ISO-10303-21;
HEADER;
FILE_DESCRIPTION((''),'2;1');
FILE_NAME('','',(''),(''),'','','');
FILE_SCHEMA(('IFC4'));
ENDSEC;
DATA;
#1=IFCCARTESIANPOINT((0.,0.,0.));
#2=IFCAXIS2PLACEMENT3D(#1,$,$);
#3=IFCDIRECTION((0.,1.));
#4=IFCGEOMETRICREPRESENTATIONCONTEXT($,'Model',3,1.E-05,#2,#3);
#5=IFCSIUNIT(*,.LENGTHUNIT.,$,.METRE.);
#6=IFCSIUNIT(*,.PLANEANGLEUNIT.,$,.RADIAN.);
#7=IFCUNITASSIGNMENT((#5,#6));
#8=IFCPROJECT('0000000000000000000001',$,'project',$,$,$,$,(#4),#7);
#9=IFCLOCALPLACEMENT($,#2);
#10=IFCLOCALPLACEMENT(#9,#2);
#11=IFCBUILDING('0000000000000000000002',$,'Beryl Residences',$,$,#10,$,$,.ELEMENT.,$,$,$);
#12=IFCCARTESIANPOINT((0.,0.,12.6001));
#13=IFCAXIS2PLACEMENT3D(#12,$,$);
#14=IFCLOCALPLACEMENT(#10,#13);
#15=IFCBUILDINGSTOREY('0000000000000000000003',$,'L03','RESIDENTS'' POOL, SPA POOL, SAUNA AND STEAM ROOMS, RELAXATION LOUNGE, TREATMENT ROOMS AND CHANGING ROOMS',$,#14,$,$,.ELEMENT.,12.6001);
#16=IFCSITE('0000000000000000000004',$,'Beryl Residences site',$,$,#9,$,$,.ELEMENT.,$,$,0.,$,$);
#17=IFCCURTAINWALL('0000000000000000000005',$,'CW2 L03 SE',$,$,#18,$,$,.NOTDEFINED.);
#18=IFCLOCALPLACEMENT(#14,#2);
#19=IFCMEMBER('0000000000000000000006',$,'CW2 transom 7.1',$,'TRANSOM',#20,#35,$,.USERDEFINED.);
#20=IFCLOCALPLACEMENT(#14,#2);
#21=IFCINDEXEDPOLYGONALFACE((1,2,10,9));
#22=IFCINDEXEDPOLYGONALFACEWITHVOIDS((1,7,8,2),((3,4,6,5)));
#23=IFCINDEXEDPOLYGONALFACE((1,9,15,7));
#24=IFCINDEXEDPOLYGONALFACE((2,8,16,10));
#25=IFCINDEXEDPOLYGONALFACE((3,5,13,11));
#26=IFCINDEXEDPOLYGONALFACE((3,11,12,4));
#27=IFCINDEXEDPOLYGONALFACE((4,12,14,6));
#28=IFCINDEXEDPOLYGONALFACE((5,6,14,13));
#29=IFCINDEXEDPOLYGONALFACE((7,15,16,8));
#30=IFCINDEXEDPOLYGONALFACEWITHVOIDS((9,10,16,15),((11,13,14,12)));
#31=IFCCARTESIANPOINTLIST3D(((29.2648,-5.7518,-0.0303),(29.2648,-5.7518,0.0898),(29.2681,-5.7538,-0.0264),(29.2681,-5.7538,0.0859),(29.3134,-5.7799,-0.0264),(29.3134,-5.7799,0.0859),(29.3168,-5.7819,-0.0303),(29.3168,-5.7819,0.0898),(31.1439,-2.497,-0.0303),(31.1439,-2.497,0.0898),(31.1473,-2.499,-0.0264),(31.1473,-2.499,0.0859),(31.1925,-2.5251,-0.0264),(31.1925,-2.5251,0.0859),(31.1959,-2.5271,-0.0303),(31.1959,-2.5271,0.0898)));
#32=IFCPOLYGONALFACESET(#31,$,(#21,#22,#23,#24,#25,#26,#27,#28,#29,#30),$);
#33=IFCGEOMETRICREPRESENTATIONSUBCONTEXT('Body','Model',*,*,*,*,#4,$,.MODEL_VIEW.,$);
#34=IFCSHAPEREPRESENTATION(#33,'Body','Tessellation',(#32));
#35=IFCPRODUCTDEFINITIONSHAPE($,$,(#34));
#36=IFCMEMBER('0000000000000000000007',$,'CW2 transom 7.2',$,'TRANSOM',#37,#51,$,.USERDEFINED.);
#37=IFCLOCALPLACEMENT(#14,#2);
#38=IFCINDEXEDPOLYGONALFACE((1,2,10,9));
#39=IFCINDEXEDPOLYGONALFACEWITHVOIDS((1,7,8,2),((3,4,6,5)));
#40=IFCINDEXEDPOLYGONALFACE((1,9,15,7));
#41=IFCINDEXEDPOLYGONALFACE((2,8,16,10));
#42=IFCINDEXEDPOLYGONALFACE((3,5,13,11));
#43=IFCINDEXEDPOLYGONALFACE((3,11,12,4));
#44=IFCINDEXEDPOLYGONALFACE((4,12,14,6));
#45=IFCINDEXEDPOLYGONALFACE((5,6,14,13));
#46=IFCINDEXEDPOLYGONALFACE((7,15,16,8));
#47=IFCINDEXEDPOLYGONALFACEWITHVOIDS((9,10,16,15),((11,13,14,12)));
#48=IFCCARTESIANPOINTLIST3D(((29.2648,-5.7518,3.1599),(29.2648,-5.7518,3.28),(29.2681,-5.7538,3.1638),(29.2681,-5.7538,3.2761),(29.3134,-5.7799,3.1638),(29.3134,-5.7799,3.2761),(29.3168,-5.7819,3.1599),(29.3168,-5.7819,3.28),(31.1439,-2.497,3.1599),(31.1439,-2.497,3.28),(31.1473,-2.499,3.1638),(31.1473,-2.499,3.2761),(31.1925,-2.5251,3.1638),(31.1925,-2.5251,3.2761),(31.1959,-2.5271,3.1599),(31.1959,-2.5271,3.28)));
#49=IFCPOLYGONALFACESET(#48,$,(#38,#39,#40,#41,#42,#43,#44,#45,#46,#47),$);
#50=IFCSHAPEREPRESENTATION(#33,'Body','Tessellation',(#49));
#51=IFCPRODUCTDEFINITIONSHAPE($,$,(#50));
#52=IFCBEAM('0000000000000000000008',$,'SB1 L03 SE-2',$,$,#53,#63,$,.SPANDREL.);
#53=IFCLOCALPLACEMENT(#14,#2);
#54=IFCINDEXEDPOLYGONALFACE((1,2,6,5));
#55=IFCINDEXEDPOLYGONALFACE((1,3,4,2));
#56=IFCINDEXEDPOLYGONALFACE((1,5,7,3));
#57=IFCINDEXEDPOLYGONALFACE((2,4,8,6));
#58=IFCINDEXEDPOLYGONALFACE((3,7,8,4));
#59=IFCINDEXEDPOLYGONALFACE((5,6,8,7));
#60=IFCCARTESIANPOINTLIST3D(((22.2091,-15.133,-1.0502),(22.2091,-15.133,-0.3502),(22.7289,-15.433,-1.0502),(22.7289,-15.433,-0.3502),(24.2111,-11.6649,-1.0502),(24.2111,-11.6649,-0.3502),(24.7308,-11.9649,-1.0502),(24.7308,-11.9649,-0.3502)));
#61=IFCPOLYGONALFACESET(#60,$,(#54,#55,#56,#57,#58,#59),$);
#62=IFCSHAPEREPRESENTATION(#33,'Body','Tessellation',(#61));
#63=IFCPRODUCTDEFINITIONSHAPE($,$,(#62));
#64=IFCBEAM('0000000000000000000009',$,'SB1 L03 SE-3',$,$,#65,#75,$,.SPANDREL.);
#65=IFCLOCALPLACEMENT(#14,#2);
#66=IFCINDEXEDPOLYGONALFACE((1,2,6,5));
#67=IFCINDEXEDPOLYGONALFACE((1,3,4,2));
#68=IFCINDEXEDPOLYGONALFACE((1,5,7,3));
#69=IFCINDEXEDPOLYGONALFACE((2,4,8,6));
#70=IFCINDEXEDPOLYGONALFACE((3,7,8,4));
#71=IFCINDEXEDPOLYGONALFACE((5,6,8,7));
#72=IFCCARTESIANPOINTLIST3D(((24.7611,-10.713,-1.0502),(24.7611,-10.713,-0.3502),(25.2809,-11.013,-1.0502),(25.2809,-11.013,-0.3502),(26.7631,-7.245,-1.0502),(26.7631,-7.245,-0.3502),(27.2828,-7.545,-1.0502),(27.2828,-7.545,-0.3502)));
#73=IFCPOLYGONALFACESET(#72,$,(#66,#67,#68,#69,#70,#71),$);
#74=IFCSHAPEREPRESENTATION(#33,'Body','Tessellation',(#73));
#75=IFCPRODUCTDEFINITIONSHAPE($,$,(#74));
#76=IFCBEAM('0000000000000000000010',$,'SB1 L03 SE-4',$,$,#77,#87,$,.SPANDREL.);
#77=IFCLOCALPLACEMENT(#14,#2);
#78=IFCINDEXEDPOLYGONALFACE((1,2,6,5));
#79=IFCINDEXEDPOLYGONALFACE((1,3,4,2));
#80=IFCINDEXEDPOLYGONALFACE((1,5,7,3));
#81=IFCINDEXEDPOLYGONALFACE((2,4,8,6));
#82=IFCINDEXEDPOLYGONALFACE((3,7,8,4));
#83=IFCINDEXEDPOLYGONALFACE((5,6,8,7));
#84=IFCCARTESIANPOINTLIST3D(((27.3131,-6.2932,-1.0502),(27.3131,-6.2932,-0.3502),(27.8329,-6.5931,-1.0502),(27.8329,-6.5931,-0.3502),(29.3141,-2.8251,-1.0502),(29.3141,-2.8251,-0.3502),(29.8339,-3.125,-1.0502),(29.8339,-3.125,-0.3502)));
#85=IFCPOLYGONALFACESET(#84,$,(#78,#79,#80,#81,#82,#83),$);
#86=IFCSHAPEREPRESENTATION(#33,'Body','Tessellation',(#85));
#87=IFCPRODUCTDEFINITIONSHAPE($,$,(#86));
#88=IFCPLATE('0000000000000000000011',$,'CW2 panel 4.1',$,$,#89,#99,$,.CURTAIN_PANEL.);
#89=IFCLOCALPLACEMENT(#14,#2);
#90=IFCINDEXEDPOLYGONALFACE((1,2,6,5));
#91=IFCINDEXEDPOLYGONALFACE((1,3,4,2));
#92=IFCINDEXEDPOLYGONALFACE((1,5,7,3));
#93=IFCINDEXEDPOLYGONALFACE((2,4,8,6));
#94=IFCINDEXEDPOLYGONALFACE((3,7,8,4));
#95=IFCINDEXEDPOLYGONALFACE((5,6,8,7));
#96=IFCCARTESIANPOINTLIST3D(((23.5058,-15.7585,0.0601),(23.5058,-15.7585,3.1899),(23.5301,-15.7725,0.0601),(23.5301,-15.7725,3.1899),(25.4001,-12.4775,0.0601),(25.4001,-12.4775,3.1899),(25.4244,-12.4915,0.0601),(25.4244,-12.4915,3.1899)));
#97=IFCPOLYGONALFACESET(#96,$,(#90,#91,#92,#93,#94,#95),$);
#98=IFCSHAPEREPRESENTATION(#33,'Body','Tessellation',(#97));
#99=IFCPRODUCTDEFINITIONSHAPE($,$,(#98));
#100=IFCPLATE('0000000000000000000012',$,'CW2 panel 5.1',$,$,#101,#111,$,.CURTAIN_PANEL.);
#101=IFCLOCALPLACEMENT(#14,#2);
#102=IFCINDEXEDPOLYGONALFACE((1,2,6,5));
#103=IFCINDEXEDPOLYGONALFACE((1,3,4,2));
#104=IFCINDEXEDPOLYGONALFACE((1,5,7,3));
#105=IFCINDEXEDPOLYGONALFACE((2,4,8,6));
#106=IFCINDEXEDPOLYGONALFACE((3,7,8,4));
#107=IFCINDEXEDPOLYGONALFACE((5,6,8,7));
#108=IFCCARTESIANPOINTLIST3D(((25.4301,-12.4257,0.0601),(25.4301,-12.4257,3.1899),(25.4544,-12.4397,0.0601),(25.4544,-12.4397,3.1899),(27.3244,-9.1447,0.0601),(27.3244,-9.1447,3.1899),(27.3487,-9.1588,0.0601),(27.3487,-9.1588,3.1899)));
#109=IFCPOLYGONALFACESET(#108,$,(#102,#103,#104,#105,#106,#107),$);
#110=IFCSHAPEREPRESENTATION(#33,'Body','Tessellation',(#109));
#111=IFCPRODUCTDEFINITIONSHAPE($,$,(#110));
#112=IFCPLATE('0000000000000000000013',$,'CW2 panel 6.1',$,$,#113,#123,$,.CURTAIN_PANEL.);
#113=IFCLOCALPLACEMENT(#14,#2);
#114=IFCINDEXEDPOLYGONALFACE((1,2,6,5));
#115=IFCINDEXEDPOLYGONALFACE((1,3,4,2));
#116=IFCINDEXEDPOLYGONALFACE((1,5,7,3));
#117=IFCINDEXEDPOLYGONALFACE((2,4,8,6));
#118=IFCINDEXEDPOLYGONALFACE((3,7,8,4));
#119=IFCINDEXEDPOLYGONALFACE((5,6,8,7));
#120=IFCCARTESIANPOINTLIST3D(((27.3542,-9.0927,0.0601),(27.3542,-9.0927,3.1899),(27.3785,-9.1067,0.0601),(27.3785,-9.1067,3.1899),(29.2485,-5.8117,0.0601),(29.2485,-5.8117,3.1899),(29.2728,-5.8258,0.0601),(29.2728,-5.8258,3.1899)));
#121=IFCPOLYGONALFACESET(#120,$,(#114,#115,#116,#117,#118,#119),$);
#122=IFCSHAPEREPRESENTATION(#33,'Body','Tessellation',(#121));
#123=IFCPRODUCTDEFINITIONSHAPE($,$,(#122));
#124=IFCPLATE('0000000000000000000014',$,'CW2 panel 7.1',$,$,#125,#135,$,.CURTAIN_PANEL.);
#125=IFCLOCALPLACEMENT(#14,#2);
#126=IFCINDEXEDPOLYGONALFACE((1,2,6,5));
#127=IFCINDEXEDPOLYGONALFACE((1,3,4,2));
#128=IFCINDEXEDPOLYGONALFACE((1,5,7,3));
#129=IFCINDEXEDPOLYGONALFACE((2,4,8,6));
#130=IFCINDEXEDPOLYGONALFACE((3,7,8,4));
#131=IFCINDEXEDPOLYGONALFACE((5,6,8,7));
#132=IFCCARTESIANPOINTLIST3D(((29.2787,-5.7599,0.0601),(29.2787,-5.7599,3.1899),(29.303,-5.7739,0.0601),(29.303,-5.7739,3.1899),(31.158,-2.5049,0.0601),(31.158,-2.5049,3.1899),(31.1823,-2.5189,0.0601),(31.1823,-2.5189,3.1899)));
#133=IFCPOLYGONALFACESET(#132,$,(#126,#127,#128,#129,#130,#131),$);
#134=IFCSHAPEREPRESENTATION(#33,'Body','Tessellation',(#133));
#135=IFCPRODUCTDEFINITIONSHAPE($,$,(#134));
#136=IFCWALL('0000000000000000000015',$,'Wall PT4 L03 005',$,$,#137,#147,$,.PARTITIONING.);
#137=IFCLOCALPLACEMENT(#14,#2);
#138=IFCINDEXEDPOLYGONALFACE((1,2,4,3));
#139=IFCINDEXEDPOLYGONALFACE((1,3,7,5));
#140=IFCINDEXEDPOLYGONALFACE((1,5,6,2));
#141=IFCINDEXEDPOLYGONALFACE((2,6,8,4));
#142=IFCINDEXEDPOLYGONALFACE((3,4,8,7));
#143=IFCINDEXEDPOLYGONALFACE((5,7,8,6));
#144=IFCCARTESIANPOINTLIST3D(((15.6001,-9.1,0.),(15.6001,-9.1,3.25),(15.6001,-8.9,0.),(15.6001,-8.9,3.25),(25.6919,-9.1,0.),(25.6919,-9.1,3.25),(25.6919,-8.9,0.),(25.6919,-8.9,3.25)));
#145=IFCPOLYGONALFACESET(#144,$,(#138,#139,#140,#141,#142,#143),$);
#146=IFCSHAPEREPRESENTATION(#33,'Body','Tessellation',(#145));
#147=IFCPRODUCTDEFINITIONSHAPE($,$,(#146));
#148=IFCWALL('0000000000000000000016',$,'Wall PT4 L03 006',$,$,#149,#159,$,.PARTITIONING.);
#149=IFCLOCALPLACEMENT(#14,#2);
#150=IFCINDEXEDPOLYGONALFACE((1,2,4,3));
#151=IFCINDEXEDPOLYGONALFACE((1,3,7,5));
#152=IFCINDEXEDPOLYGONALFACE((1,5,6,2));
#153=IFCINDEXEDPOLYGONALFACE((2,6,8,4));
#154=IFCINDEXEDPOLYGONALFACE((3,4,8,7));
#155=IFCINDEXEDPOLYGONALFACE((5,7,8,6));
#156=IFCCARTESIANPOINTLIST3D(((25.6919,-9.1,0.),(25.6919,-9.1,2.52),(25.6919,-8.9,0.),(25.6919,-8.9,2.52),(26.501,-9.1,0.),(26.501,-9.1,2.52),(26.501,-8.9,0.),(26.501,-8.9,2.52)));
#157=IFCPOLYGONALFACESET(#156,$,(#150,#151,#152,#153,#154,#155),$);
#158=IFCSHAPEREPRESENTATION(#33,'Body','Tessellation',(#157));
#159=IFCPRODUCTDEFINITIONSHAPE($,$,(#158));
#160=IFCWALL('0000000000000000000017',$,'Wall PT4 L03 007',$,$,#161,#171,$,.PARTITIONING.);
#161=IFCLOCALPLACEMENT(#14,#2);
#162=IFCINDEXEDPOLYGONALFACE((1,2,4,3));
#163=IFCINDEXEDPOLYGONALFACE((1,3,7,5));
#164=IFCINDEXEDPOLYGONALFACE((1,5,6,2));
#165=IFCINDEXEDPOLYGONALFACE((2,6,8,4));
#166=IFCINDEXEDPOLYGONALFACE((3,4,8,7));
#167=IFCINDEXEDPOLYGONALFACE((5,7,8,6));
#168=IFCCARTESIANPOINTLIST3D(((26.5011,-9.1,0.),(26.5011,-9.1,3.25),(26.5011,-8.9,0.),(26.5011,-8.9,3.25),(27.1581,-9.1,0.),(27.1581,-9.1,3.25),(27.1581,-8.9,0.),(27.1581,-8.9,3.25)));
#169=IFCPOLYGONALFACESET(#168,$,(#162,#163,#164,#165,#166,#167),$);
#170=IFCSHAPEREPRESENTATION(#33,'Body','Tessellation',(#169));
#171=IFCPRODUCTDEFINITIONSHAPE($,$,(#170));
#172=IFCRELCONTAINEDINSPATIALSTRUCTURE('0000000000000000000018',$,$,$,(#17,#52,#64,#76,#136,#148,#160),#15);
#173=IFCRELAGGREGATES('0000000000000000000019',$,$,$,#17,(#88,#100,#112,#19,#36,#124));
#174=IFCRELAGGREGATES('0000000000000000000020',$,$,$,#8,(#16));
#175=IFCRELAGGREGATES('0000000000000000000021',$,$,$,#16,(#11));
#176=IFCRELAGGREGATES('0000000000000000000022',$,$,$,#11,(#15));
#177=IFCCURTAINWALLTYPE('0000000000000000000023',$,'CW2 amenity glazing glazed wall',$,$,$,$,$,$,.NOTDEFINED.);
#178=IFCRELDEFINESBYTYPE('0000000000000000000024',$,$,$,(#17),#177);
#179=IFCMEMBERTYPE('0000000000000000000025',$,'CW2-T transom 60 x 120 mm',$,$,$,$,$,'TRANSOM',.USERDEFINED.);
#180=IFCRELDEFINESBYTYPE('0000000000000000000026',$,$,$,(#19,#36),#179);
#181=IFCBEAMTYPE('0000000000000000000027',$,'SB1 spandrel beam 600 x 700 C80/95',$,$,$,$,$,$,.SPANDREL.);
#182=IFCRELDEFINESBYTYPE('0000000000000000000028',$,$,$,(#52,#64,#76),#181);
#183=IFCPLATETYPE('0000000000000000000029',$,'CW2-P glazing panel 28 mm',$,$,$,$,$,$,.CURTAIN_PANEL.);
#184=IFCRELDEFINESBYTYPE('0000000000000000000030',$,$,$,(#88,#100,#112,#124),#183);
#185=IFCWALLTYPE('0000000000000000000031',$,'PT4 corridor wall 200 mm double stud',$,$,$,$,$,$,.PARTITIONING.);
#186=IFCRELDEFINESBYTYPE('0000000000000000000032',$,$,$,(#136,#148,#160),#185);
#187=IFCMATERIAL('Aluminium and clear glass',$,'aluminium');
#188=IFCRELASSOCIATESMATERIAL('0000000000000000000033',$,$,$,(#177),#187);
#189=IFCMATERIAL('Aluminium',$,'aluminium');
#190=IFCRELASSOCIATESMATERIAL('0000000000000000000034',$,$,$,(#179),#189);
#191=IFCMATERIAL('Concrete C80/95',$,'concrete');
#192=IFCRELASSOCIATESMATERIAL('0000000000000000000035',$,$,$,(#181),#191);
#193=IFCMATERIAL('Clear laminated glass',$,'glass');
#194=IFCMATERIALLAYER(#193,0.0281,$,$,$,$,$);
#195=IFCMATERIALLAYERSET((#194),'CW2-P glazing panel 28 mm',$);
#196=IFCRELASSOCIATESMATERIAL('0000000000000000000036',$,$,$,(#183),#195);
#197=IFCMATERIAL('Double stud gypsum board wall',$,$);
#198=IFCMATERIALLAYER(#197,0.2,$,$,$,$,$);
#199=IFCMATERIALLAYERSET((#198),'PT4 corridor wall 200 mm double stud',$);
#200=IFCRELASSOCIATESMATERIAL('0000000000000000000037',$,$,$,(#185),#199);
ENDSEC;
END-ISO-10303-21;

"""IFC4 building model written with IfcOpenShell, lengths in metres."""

from ifc_helpers import new_model, si_unit, direction, frame, frame_2d, origin, origin_2d, place, context, subcontext, project, spatial, rectangle, hollow_rectangle, extrude, material, layer, layer_set, material_profile, profile_set, type_object, element, aggregate, save


model = new_model("IFC4")

# Units and contexts
model_context = context("Model", 3, precision=1e-05, world=origin(), true_north=direction((0.0, 1.0)))
body_context = subcontext(model_context, "Body", "Model", "MODEL_VIEW")
ifc_project = project(units=[si_unit("LENGTHUNIT", "METRE"), si_unit("PLANEANGLEUNIT", "RADIAN")], contexts=[model_context])

# Site, building, storey
site_placement = place(None, origin())
site = spatial("IfcSite", under=ifc_project, at=site_placement, Name="Beryl Residences site", CompositionType="ELEMENT", RefElevation=0.0)
building_placement = place(site_placement, origin())
building = spatial("IfcBuilding", under=site, at=building_placement, Name="Beryl Residences", CompositionType="ELEMENT")
storey_placement = place(building_placement, frame((0.0, 0.0, 12.6001)))
storey = spatial("IfcBuildingStorey", under=building, at=storey_placement, Name="L03", Description="RESIDENTS' POOL, SPA POOL, SAUNA AND STEAM ROOMS, RELAXATION LOUNGE, TREATMENT ROOMS AND CHANGING ROOMS", CompositionType="ELEMENT", Elevation=12.6001)

# Curtain wall, members
ifc_material_1 = material(Name="Aluminium and clear glass", Category="aluminium")
curtain_wall_type = type_object("IfcCurtainWallType", Name="CW2 amenity glazing glazed wall", PredefinedType="NOTDEFINED", material=ifc_material_1)
curtain_wall_placement = place(storey_placement, origin())
curtain_wall = element("IfcCurtainWall", 1, at=curtain_wall_placement, inside=storey, type_object=curtain_wall_type, Name="CW2 L03 SE", PredefinedType="NOTDEFINED")
ifc_material_2 = material(Name="Aluminium", Category="aluminium")
ifc_material_profile_1 = material_profile(ifc_material_2, hollow_rectangle(XDim=0.0601, YDim=0.1201, WallThickness=0.0039, at=origin_2d()))
ifc_profile_set_1 = profile_set([ifc_material_profile_1], Name="Aluminium")
member_type_1 = type_object("IfcMemberType", Name="CW2-T transom 60 x 120 mm", ElementType="TRANSOM", PredefinedType="USERDEFINED", material=ifc_profile_set_1)
member_1_placement = place(storey_placement, frame((29.2908, -5.7668, 0.0298), z_axis=(0.499989, 0.866032, 0.0), x_axis=(-0.866032, 0.499989, 0.0)))
member_1 = element("IfcMember", 2, at=member_1_placement, type_object=member_type_1, Name="CW2 transom 7.1", ObjectType="TRANSOM", PredefinedType="USERDEFINED", context=body_context, shape_type="SweptSolid", body=[
    extrude(hollow_rectangle(XDim=0.0601, YDim=0.1201, WallThickness=0.0039, at=origin_2d()), origin(), (0.0, 0.0, 1.0), 3.7583),
])
member_2_placement = place(storey_placement, frame((29.2908, -5.7668, 3.22), z_axis=(0.499989, 0.866032, 0.0), x_axis=(-0.866032, 0.499989, 0.0)))
member_2 = element("IfcMember", 3, at=member_2_placement, type_object=member_type_1, Name="CW2 transom 7.2", ObjectType="TRANSOM", PredefinedType="USERDEFINED", context=body_context, shape_type="SweptSolid", body=[
    extrude(hollow_rectangle(XDim=0.0601, YDim=0.1201, WallThickness=0.0039, at=origin_2d()), origin(), (0.0, 0.0, 1.0), 3.7583),
])

# Beams
ifc_material_3 = material(Name="Concrete C80/95", Category="concrete")
ifc_material_profile_2 = material_profile(ifc_material_3, rectangle(XDim=0.6001, YDim=0.7, at=origin_2d()))
ifc_profile_set_2 = profile_set([ifc_material_profile_2], Name="Concrete C80/95")
beam_type = type_object("IfcBeamType", Name="SB1 spandrel beam 600 x 700 C80/95", PredefinedType="SPANDREL", material=ifc_profile_set_2)
for number, where, z_axis, x_axis, name in (
    (4, (22.469, -15.283, -0.7002), (0.499942, 0.866059, 0.0), (-0.866059, 0.499942, 0.0), "SB1 L03 SE-2"),
    (5, (25.021, -10.863, -0.7002), (0.499942, 0.866059, 0.0), (-0.866059, 0.499942, 0.0), "SB1 L03 SE-3"),
):
    element("IfcBeam", number, at=place(storey_placement, frame(where, z_axis=z_axis, x_axis=x_axis)), inside=storey, type_object=beam_type, Name=name, PredefinedType="SPANDREL", context=body_context, shape_type="SweptSolid", body=[
        extrude(rectangle(XDim=0.6001, YDim=0.7, at=origin_2d()), origin(), (0.0, 0.0, 1.0), 4.0044),
    ])
beam_placement = place(storey_placement, frame((27.573, -6.4431, -0.7002), z_axis=(0.499759, 0.866164, 0.0), x_axis=(-0.866164, 0.499759, 0.0)))
element("IfcBeam", 6, at=beam_placement, inside=storey, type_object=beam_type, Name="SB1 L03 SE-4", PredefinedType="SPANDREL", context=body_context, shape_type="SweptSolid", body=[
    extrude(rectangle(XDim=0.6001, YDim=0.7, at=origin_2d()), origin(), (0.0, 0.0, 1.0), 4.0039),
])

# Plates
ifc_material_4 = material(Name="Clear laminated glass", Category="glass")
ifc_layer_1 = layer(ifc_material_4, 0.0281)
ifc_layer_set_1 = layer_set([ifc_layer_1], Name="CW2-P glazing panel 28 mm")
plate_type = type_object("IfcPlateType", Name="CW2-P glazing panel 28 mm", PredefinedType="CURTAIN_PANEL", material=ifc_layer_set_1)
plate_1_placement = place(storey_placement, frame((24.4651, -14.125, 0.0601), z_axis=(0.0, 0.0, 1.0), x_axis=(0.500012, 0.866019, 0.0)))
plate_1 = element("IfcPlate", 7, at=plate_1_placement, type_object=plate_type, Name="CW2 panel 4.1", PredefinedType="CURTAIN_PANEL", context=body_context, shape_type="SweptSolid", body=[
    extrude(rectangle(XDim=3.7886, YDim=0.0281, at=origin_2d()), origin(), (0.0, 0.0, 1.0), 3.1299),
])
plate_2_placement = place(storey_placement, frame((26.3894, -10.7922, 0.0601), z_axis=(0.0, 0.0, 1.0), x_axis=(0.500012, 0.866019, 0.0)))
plate_2 = element("IfcPlate", 8, at=plate_2_placement, type_object=plate_type, Name="CW2 panel 5.1", PredefinedType="CURTAIN_PANEL", context=body_context, shape_type="SweptSolid", body=[
    extrude(rectangle(XDim=3.7886, YDim=0.0281, at=origin_2d()), origin(), (0.0, 0.0, 1.0), 3.1299),
])
plate_3_placement = place(storey_placement, frame((28.3135, -7.4592, 0.0601), z_axis=(0.0, 0.0, 1.0), x_axis=(0.500012, 0.866019, 0.0)))
plate_3 = element("IfcPlate", 9, at=plate_3_placement, type_object=plate_type, Name="CW2 panel 6.1", PredefinedType="CURTAIN_PANEL", context=body_context, shape_type="SweptSolid", body=[
    extrude(rectangle(XDim=3.7886, YDim=0.0281, at=origin_2d()), origin(), (0.0, 0.0, 1.0), 3.1299),
])
plate_4_placement = place(storey_placement, frame((30.2305, -4.1394, 0.0601), z_axis=(0.0, 0.0, 1.0), x_axis=(0.500012, 0.866019, 0.0)))
plate_4 = element("IfcPlate", 10, at=plate_4_placement, type_object=plate_type, Name="CW2 panel 7.1", PredefinedType="CURTAIN_PANEL", context=body_context, shape_type="SweptSolid", body=[
    extrude(rectangle(XDim=3.7585, YDim=0.0281, at=origin_2d()), origin(), (0.0, 0.0, 1.0), 3.1299),
])
aggregate(curtain_wall, [plate_1, plate_2, plate_3, member_1, member_2, plate_4])

# Walls
ifc_material_5 = material(Name="Double stud gypsum board wall")
ifc_layer_2 = layer(ifc_material_5, 0.2)
ifc_layer_set_2 = layer_set([ifc_layer_2], Name="PT4 corridor wall 200 mm double stud")
wall_type = type_object("IfcWallType", Name="PT4 corridor wall 200 mm double stud", PredefinedType="PARTITIONING", material=ifc_layer_set_2)
wall_1_placement = place(storey_placement, frame((15.6001, -9.0, 0.0), z_axis=(0.0, 0.0, 1.0), x_axis=(1.0, 0.0, 0.0)))
element("IfcWall", 11, at=wall_1_placement, inside=storey, type_object=wall_type, Name="Wall PT4 L03 005", PredefinedType="PARTITIONING", context=body_context, shape_type="SweptSolid", body=[
    extrude(rectangle(XDim=10.0918, YDim=0.2, at=frame_2d((5.0459, 0.0))), origin(), (0.0, 0.0, 1.0), 3.25),
])
wall_2_placement = place(storey_placement, frame((25.6919, -9.0, 0.0), z_axis=(0.0, 0.0, 1.0), x_axis=(1.0, 0.0, 0.0)))
element("IfcWall", 12, at=wall_2_placement, inside=storey, type_object=wall_type, Name="Wall PT4 L03 006", PredefinedType="PARTITIONING", context=body_context, shape_type="SweptSolid", body=[
    extrude(rectangle(XDim=0.8091, YDim=0.2, at=frame_2d((0.4045, 0.0))), origin(), (0.0, 0.0, 1.0), 2.52),
])
wall_3_placement = place(storey_placement, frame((26.501, -9.0, 0.0), z_axis=(0.0, 0.0, 1.0), x_axis=(1.0, 0.0, 0.0)))
element("IfcWall", 13, at=wall_3_placement, inside=storey, type_object=wall_type, Name="Wall PT4 L03 007", PredefinedType="PARTITIONING", context=body_context, shape_type="SweptSolid", body=[
    extrude(rectangle(XDim=0.657, YDim=0.2, at=frame_2d((0.3286, 0.0))), origin(), (0.0, 0.0, 1.0), 3.25),
])

save(model, "model.ifc")
